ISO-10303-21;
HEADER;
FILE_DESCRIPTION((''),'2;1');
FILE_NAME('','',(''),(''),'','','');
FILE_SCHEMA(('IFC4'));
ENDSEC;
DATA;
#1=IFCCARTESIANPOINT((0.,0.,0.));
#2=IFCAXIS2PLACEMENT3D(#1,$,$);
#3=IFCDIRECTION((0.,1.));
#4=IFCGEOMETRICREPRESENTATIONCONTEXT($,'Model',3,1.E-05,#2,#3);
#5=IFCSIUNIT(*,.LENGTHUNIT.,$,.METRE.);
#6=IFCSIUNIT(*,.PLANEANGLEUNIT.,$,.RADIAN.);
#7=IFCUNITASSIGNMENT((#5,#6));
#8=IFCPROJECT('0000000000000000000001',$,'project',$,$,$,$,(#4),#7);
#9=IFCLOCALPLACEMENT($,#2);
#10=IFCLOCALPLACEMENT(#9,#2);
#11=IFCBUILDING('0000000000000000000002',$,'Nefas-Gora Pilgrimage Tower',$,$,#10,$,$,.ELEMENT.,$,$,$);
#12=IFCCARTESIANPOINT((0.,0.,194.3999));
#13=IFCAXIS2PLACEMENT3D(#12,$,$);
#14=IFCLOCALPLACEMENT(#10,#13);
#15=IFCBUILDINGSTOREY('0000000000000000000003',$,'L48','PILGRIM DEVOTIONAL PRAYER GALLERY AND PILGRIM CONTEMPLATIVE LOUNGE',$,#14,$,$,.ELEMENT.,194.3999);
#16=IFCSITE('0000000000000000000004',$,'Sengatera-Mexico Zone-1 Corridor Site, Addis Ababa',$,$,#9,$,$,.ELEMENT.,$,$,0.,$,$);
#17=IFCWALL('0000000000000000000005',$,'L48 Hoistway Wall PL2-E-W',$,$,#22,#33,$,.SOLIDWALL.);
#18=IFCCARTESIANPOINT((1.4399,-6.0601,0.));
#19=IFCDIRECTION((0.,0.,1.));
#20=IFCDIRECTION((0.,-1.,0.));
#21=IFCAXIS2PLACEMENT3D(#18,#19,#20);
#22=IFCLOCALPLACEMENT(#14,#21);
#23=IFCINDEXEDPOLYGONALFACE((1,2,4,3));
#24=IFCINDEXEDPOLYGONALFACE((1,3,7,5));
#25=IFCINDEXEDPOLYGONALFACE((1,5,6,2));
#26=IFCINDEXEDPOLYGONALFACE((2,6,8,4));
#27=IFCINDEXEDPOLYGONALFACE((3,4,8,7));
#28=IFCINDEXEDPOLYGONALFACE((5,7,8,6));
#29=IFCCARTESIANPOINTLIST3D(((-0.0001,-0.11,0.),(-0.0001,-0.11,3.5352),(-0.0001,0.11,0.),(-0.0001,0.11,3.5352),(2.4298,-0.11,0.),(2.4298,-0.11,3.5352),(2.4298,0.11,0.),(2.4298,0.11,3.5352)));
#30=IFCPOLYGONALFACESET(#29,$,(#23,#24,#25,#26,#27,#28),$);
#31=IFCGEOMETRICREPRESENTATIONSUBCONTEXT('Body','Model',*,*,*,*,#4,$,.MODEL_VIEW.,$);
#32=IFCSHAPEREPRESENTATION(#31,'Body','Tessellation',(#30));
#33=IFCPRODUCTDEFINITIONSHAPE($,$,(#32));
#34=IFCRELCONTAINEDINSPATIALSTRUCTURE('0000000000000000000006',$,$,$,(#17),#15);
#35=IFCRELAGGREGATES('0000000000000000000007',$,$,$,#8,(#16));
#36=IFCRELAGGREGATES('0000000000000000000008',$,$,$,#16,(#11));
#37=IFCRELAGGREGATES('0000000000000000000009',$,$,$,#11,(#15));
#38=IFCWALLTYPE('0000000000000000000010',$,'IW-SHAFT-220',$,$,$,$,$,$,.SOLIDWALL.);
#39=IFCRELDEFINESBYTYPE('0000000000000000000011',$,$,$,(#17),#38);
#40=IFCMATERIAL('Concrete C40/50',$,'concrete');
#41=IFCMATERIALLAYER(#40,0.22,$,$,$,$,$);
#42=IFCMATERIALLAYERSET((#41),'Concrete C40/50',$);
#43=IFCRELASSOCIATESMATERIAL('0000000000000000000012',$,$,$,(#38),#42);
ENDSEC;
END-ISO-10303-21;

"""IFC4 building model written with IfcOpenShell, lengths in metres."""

from ifc_helpers import new_model, si_unit, direction, frame, frame_2d, origin, place, context, subcontext, project, spatial, rectangle, extrude, source, transform, mapped, material, layer, layer_set, type_object, element, save


model = new_model("IFC4")

# Units and contexts
model_context = context("Model", 3, precision=1e-05, world=origin(), true_north=direction((0.0, 1.0)))
body_context = subcontext(model_context, "Body", "Model", "MODEL_VIEW")
ifc_project = project(units=[si_unit("LENGTHUNIT", "METRE"), si_unit("PLANEANGLEUNIT", "RADIAN")], contexts=[model_context])

# Site, building, storey
site_placement = place(None, origin())
site = spatial("IfcSite", under=ifc_project, at=site_placement, Name="Sengatera-Mexico Zone-1 Corridor Site, Addis Ababa", CompositionType="ELEMENT", RefElevation=0.0)
building_placement = place(site_placement, origin())
building = spatial("IfcBuilding", under=site, at=building_placement, Name="Nefas-Gora Pilgrimage Tower", CompositionType="ELEMENT")
storey_placement = place(building_placement, frame((0.0, 0.0, 194.3999)))
storey = spatial("IfcBuildingStorey", under=building, at=storey_placement, Name="L48", Description="PILGRIM DEVOTIONAL PRAYER GALLERY AND PILGRIM CONTEMPLATIVE LOUNGE", CompositionType="ELEMENT", Elevation=194.3999)

# Shared definitions
ifc_material_1 = material(Name="Concrete C40/50", Category="concrete")
ifc_layer_1 = layer(ifc_material_1, 0.22)
ifc_layer_set_1 = layer_set([ifc_layer_1], Name="Concrete C40/50")
wall_type_1 = type_object("IfcWallType", Name="IW-SHAFT-220", PredefinedType="SOLIDWALL", material=ifc_layer_set_1)

# Wall
shared_shape_1 = source(origin(), body_context, "Body", "SweptSolid", [
    extrude(rectangle(XDim=2.4299, YDim=0.22, at=frame_2d((1.2148, 0.0))), origin(), (0.0, 0.0, 1.0), 3.5352),
])
for number, where, z_axis, x_axis, name in (
    (1, (1.4399, -6.0601, 0.0), (0.0, 0.0, 1.0), (0.0, -1.0, 0.0), "L48 Hoistway Wall PL2-E-W"),
):
    element("IfcWall", number, at=place(storey_placement, frame(where, z_axis=z_axis, x_axis=x_axis)), inside=storey, type_object=wall_type_1, Name=name, PredefinedType="SOLIDWALL", context=body_context, shape_type="MappedRepresentation", body=[
        mapped(shared_shape_1, transform((0.0, 0.0, 0.0), x_axis=(1.0, 0.0, 0.0), y_axis=(0.0, 1.0, 0.0), z_axis=(0.0, 0.0, 1.0), scale=1.0)),
    ])

save(model, "model.ifc")
